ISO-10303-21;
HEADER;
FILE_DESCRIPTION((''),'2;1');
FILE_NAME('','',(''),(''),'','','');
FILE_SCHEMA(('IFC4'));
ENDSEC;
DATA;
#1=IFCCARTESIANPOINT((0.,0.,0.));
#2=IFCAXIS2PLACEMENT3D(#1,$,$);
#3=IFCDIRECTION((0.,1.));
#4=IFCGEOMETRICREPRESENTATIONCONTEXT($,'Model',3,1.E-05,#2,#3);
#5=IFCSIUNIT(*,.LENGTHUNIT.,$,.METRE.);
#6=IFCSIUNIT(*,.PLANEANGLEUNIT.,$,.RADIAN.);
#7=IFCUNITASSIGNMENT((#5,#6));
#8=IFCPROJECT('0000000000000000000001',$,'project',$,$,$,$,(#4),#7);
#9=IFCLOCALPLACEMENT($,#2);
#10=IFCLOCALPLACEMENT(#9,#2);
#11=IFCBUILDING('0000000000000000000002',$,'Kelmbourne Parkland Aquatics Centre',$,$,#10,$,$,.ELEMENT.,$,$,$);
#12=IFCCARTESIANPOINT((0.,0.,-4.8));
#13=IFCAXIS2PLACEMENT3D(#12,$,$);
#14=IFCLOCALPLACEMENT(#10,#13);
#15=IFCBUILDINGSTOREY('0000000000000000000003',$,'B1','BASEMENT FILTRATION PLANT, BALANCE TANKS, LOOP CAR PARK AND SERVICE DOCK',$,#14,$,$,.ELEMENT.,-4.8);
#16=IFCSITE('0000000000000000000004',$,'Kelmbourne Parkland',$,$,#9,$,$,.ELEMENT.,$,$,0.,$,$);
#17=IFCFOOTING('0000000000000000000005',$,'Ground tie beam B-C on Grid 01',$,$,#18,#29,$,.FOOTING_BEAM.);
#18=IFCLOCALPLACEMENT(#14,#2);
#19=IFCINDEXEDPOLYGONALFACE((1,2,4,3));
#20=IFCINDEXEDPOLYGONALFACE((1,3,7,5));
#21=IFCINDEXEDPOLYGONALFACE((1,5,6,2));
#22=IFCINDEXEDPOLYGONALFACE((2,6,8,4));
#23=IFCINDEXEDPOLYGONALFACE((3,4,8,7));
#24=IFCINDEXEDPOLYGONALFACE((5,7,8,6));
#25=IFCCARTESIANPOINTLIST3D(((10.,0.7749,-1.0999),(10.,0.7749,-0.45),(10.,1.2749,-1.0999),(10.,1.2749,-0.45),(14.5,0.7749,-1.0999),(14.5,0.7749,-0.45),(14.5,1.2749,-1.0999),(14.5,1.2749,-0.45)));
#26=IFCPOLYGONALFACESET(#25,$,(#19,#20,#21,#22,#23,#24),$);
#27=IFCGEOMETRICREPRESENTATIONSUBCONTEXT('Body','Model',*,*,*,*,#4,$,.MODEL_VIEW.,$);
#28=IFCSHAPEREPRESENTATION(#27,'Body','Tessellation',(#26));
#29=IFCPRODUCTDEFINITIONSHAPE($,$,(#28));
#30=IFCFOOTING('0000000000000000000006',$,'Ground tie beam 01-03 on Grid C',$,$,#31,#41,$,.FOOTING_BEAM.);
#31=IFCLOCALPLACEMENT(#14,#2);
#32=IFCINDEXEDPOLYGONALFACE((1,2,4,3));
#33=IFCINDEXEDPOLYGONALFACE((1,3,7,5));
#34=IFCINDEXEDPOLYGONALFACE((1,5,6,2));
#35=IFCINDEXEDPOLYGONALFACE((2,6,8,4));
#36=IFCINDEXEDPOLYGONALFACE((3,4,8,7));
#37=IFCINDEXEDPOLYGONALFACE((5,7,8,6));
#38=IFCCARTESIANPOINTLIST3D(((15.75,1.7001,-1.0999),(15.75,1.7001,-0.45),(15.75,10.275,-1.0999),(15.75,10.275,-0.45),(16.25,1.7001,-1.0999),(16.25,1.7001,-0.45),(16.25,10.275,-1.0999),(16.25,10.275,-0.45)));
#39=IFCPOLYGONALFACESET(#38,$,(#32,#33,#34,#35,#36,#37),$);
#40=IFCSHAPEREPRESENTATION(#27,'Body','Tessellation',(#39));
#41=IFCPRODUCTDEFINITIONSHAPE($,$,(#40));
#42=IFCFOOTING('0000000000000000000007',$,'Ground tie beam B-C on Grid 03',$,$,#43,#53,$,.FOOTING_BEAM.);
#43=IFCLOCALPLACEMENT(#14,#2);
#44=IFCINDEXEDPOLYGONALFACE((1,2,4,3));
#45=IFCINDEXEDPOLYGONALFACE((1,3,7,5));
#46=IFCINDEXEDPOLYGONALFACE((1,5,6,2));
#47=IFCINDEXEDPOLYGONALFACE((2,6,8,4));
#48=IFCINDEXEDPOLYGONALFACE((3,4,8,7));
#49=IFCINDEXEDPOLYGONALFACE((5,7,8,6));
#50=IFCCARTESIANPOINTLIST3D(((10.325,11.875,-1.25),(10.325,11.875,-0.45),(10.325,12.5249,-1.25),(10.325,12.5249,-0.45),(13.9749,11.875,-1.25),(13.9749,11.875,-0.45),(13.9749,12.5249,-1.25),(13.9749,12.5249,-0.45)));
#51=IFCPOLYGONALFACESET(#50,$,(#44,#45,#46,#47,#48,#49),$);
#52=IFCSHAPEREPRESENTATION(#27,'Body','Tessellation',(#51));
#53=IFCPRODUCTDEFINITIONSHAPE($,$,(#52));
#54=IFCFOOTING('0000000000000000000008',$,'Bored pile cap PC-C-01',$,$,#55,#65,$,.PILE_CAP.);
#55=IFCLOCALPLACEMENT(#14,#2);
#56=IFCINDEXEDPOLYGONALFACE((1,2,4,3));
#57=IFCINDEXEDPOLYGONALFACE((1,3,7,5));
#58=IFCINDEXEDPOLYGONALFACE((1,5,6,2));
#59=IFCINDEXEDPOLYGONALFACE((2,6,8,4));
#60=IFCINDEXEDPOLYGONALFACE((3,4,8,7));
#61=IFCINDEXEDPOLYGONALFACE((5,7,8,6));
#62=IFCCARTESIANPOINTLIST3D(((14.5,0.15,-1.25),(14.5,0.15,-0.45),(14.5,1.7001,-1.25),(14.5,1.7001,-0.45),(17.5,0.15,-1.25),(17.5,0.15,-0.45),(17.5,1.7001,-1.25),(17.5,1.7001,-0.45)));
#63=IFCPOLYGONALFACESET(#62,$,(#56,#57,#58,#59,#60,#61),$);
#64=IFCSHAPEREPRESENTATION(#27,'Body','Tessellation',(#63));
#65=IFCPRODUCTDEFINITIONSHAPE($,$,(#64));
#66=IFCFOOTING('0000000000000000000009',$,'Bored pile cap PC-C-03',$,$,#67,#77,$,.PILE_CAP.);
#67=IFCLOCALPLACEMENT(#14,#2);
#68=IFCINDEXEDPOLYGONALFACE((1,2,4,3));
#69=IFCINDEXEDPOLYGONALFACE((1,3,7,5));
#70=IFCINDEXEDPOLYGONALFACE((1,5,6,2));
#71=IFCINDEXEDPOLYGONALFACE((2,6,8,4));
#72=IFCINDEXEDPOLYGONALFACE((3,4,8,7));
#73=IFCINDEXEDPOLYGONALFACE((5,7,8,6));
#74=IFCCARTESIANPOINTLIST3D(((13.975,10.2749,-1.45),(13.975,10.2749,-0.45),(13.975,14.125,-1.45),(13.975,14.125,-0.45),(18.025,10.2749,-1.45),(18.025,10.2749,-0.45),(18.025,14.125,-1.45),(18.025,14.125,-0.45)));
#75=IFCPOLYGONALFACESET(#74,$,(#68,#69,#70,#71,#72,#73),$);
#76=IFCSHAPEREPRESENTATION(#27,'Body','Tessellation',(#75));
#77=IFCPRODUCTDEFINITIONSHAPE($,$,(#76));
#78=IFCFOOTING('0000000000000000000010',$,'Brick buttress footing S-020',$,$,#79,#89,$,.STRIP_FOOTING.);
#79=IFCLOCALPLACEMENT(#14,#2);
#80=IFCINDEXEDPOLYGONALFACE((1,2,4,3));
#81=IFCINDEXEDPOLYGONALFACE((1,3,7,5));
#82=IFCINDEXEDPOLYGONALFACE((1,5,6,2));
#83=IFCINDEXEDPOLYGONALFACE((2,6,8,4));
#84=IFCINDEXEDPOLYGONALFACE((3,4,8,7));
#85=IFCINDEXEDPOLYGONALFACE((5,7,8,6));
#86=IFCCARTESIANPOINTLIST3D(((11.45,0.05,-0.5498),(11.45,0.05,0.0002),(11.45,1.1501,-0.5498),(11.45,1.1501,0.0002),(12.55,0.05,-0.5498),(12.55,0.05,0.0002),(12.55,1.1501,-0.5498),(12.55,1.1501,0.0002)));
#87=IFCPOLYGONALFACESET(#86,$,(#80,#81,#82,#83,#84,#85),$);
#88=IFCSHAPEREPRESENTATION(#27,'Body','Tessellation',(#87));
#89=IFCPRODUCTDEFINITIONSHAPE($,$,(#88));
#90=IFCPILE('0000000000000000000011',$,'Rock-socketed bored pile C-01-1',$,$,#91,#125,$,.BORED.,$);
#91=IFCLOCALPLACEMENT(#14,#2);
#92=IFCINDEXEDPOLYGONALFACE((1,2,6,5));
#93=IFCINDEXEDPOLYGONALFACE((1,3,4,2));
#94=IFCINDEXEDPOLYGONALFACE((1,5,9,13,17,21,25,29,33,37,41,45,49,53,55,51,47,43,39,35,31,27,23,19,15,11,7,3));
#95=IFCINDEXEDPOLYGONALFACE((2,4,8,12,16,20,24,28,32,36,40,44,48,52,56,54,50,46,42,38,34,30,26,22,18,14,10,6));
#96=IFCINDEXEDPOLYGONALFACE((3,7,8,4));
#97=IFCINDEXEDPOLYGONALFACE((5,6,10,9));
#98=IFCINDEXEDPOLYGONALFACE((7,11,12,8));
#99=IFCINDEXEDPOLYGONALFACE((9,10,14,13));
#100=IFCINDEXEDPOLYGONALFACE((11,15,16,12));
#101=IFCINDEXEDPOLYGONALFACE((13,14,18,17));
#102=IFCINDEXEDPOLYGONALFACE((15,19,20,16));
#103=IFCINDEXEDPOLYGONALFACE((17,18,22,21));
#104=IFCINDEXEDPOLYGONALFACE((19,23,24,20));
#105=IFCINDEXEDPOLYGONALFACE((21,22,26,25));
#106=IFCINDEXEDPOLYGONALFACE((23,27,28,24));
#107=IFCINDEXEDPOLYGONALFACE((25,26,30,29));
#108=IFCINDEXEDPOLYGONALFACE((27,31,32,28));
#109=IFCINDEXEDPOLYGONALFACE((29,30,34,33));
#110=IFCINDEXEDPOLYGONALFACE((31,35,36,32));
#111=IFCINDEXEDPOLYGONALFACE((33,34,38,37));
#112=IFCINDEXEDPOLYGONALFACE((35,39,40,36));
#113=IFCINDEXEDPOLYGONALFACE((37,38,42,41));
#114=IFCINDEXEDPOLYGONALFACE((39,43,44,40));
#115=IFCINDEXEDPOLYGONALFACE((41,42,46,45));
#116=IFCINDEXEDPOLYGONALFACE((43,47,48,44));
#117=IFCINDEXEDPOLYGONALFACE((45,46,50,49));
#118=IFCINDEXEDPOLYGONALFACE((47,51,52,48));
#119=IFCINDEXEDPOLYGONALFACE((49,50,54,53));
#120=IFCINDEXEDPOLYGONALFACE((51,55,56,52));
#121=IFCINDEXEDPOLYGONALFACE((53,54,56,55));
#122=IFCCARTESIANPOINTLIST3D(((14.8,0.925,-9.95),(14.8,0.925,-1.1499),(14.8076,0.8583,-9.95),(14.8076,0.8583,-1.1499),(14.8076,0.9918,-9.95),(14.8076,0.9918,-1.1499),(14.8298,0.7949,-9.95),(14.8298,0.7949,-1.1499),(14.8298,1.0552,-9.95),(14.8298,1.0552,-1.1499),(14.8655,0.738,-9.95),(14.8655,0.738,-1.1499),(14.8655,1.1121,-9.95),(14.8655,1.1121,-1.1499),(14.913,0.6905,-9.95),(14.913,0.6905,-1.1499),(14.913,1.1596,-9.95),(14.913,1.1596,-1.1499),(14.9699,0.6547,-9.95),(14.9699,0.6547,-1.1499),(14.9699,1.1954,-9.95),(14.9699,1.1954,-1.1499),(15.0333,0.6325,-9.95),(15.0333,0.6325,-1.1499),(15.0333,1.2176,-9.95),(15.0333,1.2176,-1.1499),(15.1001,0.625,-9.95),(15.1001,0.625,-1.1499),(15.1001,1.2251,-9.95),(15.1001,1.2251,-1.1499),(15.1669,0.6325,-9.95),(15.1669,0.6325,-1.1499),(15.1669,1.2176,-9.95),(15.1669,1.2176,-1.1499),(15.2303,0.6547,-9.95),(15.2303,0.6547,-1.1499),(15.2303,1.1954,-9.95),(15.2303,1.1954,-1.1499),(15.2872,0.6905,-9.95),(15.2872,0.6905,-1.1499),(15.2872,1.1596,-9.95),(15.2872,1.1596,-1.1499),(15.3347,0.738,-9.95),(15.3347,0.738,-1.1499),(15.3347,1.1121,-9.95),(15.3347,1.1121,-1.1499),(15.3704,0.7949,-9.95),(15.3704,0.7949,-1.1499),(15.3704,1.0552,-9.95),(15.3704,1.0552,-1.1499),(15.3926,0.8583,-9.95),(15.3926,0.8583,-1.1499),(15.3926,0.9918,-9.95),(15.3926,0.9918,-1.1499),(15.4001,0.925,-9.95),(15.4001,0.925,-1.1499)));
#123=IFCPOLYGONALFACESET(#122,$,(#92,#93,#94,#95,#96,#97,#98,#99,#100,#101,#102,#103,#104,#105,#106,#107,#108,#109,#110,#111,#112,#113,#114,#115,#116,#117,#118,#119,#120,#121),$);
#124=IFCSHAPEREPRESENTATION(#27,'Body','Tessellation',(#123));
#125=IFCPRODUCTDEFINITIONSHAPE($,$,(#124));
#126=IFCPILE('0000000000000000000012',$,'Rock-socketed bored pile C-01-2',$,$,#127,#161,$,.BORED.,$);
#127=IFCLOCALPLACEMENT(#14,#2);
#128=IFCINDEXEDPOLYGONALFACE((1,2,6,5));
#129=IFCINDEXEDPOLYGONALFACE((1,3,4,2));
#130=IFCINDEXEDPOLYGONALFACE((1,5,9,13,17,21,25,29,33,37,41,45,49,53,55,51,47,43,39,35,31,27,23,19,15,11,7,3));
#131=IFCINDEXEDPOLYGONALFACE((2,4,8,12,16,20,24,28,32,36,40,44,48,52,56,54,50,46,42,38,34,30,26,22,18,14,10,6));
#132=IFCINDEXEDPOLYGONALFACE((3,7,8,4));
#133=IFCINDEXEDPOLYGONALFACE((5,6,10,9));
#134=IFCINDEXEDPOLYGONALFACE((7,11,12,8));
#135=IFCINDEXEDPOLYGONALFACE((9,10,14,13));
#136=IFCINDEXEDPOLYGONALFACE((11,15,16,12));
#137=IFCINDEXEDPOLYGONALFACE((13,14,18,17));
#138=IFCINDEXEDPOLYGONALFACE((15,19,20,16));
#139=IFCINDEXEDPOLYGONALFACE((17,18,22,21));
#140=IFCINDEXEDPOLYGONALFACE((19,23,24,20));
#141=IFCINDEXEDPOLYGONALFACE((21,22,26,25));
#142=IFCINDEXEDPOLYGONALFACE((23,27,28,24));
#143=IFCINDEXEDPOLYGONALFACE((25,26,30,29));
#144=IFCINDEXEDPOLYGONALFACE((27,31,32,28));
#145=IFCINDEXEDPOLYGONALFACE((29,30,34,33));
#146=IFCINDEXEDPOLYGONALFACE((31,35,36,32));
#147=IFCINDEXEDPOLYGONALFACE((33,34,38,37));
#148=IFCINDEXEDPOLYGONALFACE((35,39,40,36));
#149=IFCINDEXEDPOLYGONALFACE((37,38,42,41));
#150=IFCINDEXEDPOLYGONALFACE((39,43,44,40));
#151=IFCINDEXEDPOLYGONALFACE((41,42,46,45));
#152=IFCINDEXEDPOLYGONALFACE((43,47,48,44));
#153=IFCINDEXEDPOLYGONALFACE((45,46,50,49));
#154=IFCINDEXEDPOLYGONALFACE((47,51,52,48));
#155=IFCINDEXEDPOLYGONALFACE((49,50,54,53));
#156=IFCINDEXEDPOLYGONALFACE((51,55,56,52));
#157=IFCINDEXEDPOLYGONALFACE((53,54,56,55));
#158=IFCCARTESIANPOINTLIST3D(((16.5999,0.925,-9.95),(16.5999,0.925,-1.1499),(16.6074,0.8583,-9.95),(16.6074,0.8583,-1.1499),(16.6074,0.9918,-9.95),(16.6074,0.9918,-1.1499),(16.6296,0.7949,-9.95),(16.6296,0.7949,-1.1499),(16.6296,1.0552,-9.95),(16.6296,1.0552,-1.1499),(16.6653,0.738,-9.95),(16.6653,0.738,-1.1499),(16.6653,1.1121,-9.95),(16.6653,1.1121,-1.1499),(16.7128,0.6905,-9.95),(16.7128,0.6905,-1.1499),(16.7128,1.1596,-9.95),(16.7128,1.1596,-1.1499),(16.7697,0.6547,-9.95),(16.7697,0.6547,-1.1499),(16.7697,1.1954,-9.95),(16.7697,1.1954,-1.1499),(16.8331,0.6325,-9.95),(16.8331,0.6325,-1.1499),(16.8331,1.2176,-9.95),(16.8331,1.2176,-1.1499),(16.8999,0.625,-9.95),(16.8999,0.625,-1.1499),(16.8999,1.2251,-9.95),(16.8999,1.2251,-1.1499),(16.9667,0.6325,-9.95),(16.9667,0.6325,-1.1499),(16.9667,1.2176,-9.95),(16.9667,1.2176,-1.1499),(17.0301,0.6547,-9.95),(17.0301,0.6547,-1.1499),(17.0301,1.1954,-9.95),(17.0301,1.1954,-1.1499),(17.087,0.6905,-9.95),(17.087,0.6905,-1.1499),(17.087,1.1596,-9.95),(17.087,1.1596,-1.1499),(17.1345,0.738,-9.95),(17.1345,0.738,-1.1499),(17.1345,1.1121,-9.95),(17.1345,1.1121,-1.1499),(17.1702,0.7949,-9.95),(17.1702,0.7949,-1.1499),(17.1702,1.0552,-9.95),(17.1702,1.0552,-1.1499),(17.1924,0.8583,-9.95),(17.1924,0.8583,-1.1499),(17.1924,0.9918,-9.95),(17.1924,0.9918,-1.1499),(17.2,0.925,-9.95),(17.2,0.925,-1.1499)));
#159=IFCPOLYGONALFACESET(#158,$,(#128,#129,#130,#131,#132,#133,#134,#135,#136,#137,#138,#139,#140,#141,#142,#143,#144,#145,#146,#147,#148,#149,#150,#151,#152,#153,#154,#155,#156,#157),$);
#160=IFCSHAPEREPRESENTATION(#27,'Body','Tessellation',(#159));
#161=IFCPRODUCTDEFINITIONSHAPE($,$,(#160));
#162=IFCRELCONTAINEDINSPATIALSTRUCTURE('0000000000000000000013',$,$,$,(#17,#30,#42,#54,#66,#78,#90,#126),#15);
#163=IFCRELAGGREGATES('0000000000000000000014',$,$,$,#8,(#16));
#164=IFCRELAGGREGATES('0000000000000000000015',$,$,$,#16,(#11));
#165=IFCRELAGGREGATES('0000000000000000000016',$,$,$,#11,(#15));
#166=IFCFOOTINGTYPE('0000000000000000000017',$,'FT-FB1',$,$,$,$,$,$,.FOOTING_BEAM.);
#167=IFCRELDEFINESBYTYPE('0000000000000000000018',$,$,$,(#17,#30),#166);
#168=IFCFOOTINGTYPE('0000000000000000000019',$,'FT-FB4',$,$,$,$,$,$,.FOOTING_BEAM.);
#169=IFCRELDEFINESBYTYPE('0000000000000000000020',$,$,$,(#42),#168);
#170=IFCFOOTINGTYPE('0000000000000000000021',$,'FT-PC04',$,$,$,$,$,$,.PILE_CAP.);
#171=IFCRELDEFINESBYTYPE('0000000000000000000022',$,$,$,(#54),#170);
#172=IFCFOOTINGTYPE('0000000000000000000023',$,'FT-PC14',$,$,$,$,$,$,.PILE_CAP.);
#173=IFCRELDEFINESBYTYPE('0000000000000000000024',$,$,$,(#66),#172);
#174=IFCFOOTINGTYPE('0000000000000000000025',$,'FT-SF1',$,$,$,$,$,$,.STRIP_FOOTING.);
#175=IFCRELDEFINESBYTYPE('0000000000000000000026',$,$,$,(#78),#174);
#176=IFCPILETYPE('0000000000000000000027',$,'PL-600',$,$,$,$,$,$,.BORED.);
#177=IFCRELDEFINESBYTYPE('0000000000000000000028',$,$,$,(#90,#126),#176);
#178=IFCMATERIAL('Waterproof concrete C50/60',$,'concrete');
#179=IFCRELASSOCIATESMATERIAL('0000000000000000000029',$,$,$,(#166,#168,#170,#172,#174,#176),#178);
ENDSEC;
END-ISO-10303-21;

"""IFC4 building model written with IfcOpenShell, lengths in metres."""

from ifc_helpers import new_model, si_unit, direction, frame, origin, origin_2d, place, context, subcontext, project, spatial, rectangle, circle, extrude, material, material_profile, profile_set, type_object, element, save


model = new_model("IFC4")

# Units and contexts
model_context = context("Model", 3, precision=1e-05, world=origin(), true_north=direction((0.0, 1.0)))
body_context = subcontext(model_context, "Body", "Model", "MODEL_VIEW")
ifc_project = project(units=[si_unit("LENGTHUNIT", "METRE"), si_unit("PLANEANGLEUNIT", "RADIAN")], contexts=[model_context])

# Site, building, storey
site_placement = place(None, origin())
site = spatial("IfcSite", under=ifc_project, at=site_placement, Name="Kelmbourne Parkland", CompositionType="ELEMENT", RefElevation=0.0)
building_placement = place(site_placement, origin())
building = spatial("IfcBuilding", under=site, at=building_placement, Name="Kelmbourne Parkland Aquatics Centre", CompositionType="ELEMENT")
storey_placement = place(building_placement, frame((0.0, 0.0, -4.8)))
storey = spatial("IfcBuildingStorey", under=building, at=storey_placement, Name="B1", Description="BASEMENT FILTRATION PLANT, BALANCE TANKS, LOOP CAR PARK AND SERVICE DOCK", CompositionType="ELEMENT", Elevation=-4.8)

# Footings
ifc_material_1 = material(Name="Waterproof concrete C50/60", Category="concrete")
footing_type_1 = type_object("IfcFootingType", Name="FT-FB1", PredefinedType="FOOTING_BEAM", material=ifc_material_1)
footing_1_placement = place(storey_placement, frame((12.25, 1.0249, -1.0999), z_axis=(0.0, 0.0, 1.0), x_axis=(1.0, 0.0, 0.0)))
element("IfcFooting", 1, at=footing_1_placement, inside=storey, type_object=footing_type_1, Name="Ground tie beam B-C on Grid 01", PredefinedType="FOOTING_BEAM", context=body_context, shape_type="SweptSolid", body=[
    extrude(rectangle(XDim=4.5, YDim=0.5, at=origin_2d()), origin(), (0.0, 0.0, 1.0), 0.6499),
])
footing_2_placement = place(storey_placement, frame((16.0, 5.9875, -1.0999), z_axis=(0.0, 0.0, 1.0), x_axis=(0.0, 1.0, 0.0)))
element("IfcFooting", 2, at=footing_2_placement, inside=storey, type_object=footing_type_1, Name="Ground tie beam 01-03 on Grid C", PredefinedType="FOOTING_BEAM", context=body_context, shape_type="SweptSolid", body=[
    extrude(rectangle(XDim=8.575, YDim=0.5, at=origin_2d()), origin(), (0.0, 0.0, 1.0), 0.6499),
])
footing_type_2 = type_object("IfcFootingType", Name="FT-FB4", PredefinedType="FOOTING_BEAM", material=ifc_material_1)
footing_3_placement = place(storey_placement, frame((12.1499, 12.2, -1.25), z_axis=(0.0, 0.0, 1.0), x_axis=(1.0, 0.0, 0.0)))
element("IfcFooting", 3, at=footing_3_placement, inside=storey, type_object=footing_type_2, Name="Ground tie beam B-C on Grid 03", PredefinedType="FOOTING_BEAM", context=body_context, shape_type="SweptSolid", body=[
    extrude(rectangle(XDim=3.6499, YDim=0.6499, at=origin_2d()), origin(), (0.0, 0.0, 1.0), 0.8),
])
footing_type_3 = type_object("IfcFootingType", Name="FT-PC04", PredefinedType="PILE_CAP", material=ifc_material_1)
footing_4_placement = place(storey_placement, frame((16.0, 0.925, -1.25), z_axis=(0.0, 0.0, 1.0), x_axis=(1.0, 0.0, 0.0)))
element("IfcFooting", 4, at=footing_4_placement, inside=storey, type_object=footing_type_3, Name="Bored pile cap PC-C-01", PredefinedType="PILE_CAP", context=body_context, shape_type="SweptSolid", body=[
    extrude(rectangle(XDim=3.0, YDim=1.55, at=origin_2d()), origin(), (0.0, 0.0, 1.0), 0.8),
])
footing_type_4 = type_object("IfcFootingType", Name="FT-PC14", PredefinedType="PILE_CAP", material=ifc_material_1)
footing_5_placement = place(storey_placement, frame((16.0, 12.2, -1.45), z_axis=(0.0, 0.0, 1.0), x_axis=(1.0, 0.0, 0.0)))
element("IfcFooting", 5, at=footing_5_placement, inside=storey, type_object=footing_type_4, Name="Bored pile cap PC-C-03", PredefinedType="PILE_CAP", context=body_context, shape_type="SweptSolid", body=[
    extrude(rectangle(XDim=4.05, YDim=3.8501, at=origin_2d()), origin(), (0.0, 0.0, 1.0), 1.0),
])
footing_type_5 = type_object("IfcFootingType", Name="FT-SF1", PredefinedType="STRIP_FOOTING", material=ifc_material_1)
footing_6_placement = place(storey_placement, frame((12.0, 0.6001, -0.5498), z_axis=(0.0, 0.0, 1.0), x_axis=(1.0, 0.0, 0.0)))
element("IfcFooting", 6, at=footing_6_placement, inside=storey, type_object=footing_type_5, Name="Brick buttress footing S-020", PredefinedType="STRIP_FOOTING", context=body_context, shape_type="SweptSolid", body=[
    extrude(rectangle(XDim=1.1001, YDim=1.1001, at=origin_2d()), origin(), (0.0, 0.0, 1.0), 0.55),
])

# Piles
ifc_material_profile_1 = material_profile(ifc_material_1, circle(Radius=0.3, at=origin_2d()), Name="PILE D600")
ifc_profile_set_1 = profile_set([ifc_material_profile_1], Name="Waterproof concrete C50/60")
pile_type_1 = type_object("IfcPileType", Name="PL-600", PredefinedType="BORED", material=ifc_profile_set_1)
for number, where, z_axis, x_axis, name in (
    (7, (15.1001, 0.925, -1.1499), (0.0, 0.0, -1.0), (1.0, 0.0, 0.0), "Rock-socketed bored pile C-01-1"),
    (8, (16.8999, 0.925, -1.1499), (0.0, 0.0, -1.0), (1.0, 0.0, 0.0), "Rock-socketed bored pile C-01-2"),
):
    element("IfcPile", number, at=place(storey_placement, frame(where, z_axis=z_axis, x_axis=x_axis)), inside=storey, type_object=pile_type_1, Name=name, PredefinedType="BORED", context=body_context, shape_type="SweptSolid", body=[
        extrude(circle(Radius=0.3, at=origin_2d()), origin(), (0.0, 0.0, 1.0), 8.8),
    ])

save(model, "model.ifc")
